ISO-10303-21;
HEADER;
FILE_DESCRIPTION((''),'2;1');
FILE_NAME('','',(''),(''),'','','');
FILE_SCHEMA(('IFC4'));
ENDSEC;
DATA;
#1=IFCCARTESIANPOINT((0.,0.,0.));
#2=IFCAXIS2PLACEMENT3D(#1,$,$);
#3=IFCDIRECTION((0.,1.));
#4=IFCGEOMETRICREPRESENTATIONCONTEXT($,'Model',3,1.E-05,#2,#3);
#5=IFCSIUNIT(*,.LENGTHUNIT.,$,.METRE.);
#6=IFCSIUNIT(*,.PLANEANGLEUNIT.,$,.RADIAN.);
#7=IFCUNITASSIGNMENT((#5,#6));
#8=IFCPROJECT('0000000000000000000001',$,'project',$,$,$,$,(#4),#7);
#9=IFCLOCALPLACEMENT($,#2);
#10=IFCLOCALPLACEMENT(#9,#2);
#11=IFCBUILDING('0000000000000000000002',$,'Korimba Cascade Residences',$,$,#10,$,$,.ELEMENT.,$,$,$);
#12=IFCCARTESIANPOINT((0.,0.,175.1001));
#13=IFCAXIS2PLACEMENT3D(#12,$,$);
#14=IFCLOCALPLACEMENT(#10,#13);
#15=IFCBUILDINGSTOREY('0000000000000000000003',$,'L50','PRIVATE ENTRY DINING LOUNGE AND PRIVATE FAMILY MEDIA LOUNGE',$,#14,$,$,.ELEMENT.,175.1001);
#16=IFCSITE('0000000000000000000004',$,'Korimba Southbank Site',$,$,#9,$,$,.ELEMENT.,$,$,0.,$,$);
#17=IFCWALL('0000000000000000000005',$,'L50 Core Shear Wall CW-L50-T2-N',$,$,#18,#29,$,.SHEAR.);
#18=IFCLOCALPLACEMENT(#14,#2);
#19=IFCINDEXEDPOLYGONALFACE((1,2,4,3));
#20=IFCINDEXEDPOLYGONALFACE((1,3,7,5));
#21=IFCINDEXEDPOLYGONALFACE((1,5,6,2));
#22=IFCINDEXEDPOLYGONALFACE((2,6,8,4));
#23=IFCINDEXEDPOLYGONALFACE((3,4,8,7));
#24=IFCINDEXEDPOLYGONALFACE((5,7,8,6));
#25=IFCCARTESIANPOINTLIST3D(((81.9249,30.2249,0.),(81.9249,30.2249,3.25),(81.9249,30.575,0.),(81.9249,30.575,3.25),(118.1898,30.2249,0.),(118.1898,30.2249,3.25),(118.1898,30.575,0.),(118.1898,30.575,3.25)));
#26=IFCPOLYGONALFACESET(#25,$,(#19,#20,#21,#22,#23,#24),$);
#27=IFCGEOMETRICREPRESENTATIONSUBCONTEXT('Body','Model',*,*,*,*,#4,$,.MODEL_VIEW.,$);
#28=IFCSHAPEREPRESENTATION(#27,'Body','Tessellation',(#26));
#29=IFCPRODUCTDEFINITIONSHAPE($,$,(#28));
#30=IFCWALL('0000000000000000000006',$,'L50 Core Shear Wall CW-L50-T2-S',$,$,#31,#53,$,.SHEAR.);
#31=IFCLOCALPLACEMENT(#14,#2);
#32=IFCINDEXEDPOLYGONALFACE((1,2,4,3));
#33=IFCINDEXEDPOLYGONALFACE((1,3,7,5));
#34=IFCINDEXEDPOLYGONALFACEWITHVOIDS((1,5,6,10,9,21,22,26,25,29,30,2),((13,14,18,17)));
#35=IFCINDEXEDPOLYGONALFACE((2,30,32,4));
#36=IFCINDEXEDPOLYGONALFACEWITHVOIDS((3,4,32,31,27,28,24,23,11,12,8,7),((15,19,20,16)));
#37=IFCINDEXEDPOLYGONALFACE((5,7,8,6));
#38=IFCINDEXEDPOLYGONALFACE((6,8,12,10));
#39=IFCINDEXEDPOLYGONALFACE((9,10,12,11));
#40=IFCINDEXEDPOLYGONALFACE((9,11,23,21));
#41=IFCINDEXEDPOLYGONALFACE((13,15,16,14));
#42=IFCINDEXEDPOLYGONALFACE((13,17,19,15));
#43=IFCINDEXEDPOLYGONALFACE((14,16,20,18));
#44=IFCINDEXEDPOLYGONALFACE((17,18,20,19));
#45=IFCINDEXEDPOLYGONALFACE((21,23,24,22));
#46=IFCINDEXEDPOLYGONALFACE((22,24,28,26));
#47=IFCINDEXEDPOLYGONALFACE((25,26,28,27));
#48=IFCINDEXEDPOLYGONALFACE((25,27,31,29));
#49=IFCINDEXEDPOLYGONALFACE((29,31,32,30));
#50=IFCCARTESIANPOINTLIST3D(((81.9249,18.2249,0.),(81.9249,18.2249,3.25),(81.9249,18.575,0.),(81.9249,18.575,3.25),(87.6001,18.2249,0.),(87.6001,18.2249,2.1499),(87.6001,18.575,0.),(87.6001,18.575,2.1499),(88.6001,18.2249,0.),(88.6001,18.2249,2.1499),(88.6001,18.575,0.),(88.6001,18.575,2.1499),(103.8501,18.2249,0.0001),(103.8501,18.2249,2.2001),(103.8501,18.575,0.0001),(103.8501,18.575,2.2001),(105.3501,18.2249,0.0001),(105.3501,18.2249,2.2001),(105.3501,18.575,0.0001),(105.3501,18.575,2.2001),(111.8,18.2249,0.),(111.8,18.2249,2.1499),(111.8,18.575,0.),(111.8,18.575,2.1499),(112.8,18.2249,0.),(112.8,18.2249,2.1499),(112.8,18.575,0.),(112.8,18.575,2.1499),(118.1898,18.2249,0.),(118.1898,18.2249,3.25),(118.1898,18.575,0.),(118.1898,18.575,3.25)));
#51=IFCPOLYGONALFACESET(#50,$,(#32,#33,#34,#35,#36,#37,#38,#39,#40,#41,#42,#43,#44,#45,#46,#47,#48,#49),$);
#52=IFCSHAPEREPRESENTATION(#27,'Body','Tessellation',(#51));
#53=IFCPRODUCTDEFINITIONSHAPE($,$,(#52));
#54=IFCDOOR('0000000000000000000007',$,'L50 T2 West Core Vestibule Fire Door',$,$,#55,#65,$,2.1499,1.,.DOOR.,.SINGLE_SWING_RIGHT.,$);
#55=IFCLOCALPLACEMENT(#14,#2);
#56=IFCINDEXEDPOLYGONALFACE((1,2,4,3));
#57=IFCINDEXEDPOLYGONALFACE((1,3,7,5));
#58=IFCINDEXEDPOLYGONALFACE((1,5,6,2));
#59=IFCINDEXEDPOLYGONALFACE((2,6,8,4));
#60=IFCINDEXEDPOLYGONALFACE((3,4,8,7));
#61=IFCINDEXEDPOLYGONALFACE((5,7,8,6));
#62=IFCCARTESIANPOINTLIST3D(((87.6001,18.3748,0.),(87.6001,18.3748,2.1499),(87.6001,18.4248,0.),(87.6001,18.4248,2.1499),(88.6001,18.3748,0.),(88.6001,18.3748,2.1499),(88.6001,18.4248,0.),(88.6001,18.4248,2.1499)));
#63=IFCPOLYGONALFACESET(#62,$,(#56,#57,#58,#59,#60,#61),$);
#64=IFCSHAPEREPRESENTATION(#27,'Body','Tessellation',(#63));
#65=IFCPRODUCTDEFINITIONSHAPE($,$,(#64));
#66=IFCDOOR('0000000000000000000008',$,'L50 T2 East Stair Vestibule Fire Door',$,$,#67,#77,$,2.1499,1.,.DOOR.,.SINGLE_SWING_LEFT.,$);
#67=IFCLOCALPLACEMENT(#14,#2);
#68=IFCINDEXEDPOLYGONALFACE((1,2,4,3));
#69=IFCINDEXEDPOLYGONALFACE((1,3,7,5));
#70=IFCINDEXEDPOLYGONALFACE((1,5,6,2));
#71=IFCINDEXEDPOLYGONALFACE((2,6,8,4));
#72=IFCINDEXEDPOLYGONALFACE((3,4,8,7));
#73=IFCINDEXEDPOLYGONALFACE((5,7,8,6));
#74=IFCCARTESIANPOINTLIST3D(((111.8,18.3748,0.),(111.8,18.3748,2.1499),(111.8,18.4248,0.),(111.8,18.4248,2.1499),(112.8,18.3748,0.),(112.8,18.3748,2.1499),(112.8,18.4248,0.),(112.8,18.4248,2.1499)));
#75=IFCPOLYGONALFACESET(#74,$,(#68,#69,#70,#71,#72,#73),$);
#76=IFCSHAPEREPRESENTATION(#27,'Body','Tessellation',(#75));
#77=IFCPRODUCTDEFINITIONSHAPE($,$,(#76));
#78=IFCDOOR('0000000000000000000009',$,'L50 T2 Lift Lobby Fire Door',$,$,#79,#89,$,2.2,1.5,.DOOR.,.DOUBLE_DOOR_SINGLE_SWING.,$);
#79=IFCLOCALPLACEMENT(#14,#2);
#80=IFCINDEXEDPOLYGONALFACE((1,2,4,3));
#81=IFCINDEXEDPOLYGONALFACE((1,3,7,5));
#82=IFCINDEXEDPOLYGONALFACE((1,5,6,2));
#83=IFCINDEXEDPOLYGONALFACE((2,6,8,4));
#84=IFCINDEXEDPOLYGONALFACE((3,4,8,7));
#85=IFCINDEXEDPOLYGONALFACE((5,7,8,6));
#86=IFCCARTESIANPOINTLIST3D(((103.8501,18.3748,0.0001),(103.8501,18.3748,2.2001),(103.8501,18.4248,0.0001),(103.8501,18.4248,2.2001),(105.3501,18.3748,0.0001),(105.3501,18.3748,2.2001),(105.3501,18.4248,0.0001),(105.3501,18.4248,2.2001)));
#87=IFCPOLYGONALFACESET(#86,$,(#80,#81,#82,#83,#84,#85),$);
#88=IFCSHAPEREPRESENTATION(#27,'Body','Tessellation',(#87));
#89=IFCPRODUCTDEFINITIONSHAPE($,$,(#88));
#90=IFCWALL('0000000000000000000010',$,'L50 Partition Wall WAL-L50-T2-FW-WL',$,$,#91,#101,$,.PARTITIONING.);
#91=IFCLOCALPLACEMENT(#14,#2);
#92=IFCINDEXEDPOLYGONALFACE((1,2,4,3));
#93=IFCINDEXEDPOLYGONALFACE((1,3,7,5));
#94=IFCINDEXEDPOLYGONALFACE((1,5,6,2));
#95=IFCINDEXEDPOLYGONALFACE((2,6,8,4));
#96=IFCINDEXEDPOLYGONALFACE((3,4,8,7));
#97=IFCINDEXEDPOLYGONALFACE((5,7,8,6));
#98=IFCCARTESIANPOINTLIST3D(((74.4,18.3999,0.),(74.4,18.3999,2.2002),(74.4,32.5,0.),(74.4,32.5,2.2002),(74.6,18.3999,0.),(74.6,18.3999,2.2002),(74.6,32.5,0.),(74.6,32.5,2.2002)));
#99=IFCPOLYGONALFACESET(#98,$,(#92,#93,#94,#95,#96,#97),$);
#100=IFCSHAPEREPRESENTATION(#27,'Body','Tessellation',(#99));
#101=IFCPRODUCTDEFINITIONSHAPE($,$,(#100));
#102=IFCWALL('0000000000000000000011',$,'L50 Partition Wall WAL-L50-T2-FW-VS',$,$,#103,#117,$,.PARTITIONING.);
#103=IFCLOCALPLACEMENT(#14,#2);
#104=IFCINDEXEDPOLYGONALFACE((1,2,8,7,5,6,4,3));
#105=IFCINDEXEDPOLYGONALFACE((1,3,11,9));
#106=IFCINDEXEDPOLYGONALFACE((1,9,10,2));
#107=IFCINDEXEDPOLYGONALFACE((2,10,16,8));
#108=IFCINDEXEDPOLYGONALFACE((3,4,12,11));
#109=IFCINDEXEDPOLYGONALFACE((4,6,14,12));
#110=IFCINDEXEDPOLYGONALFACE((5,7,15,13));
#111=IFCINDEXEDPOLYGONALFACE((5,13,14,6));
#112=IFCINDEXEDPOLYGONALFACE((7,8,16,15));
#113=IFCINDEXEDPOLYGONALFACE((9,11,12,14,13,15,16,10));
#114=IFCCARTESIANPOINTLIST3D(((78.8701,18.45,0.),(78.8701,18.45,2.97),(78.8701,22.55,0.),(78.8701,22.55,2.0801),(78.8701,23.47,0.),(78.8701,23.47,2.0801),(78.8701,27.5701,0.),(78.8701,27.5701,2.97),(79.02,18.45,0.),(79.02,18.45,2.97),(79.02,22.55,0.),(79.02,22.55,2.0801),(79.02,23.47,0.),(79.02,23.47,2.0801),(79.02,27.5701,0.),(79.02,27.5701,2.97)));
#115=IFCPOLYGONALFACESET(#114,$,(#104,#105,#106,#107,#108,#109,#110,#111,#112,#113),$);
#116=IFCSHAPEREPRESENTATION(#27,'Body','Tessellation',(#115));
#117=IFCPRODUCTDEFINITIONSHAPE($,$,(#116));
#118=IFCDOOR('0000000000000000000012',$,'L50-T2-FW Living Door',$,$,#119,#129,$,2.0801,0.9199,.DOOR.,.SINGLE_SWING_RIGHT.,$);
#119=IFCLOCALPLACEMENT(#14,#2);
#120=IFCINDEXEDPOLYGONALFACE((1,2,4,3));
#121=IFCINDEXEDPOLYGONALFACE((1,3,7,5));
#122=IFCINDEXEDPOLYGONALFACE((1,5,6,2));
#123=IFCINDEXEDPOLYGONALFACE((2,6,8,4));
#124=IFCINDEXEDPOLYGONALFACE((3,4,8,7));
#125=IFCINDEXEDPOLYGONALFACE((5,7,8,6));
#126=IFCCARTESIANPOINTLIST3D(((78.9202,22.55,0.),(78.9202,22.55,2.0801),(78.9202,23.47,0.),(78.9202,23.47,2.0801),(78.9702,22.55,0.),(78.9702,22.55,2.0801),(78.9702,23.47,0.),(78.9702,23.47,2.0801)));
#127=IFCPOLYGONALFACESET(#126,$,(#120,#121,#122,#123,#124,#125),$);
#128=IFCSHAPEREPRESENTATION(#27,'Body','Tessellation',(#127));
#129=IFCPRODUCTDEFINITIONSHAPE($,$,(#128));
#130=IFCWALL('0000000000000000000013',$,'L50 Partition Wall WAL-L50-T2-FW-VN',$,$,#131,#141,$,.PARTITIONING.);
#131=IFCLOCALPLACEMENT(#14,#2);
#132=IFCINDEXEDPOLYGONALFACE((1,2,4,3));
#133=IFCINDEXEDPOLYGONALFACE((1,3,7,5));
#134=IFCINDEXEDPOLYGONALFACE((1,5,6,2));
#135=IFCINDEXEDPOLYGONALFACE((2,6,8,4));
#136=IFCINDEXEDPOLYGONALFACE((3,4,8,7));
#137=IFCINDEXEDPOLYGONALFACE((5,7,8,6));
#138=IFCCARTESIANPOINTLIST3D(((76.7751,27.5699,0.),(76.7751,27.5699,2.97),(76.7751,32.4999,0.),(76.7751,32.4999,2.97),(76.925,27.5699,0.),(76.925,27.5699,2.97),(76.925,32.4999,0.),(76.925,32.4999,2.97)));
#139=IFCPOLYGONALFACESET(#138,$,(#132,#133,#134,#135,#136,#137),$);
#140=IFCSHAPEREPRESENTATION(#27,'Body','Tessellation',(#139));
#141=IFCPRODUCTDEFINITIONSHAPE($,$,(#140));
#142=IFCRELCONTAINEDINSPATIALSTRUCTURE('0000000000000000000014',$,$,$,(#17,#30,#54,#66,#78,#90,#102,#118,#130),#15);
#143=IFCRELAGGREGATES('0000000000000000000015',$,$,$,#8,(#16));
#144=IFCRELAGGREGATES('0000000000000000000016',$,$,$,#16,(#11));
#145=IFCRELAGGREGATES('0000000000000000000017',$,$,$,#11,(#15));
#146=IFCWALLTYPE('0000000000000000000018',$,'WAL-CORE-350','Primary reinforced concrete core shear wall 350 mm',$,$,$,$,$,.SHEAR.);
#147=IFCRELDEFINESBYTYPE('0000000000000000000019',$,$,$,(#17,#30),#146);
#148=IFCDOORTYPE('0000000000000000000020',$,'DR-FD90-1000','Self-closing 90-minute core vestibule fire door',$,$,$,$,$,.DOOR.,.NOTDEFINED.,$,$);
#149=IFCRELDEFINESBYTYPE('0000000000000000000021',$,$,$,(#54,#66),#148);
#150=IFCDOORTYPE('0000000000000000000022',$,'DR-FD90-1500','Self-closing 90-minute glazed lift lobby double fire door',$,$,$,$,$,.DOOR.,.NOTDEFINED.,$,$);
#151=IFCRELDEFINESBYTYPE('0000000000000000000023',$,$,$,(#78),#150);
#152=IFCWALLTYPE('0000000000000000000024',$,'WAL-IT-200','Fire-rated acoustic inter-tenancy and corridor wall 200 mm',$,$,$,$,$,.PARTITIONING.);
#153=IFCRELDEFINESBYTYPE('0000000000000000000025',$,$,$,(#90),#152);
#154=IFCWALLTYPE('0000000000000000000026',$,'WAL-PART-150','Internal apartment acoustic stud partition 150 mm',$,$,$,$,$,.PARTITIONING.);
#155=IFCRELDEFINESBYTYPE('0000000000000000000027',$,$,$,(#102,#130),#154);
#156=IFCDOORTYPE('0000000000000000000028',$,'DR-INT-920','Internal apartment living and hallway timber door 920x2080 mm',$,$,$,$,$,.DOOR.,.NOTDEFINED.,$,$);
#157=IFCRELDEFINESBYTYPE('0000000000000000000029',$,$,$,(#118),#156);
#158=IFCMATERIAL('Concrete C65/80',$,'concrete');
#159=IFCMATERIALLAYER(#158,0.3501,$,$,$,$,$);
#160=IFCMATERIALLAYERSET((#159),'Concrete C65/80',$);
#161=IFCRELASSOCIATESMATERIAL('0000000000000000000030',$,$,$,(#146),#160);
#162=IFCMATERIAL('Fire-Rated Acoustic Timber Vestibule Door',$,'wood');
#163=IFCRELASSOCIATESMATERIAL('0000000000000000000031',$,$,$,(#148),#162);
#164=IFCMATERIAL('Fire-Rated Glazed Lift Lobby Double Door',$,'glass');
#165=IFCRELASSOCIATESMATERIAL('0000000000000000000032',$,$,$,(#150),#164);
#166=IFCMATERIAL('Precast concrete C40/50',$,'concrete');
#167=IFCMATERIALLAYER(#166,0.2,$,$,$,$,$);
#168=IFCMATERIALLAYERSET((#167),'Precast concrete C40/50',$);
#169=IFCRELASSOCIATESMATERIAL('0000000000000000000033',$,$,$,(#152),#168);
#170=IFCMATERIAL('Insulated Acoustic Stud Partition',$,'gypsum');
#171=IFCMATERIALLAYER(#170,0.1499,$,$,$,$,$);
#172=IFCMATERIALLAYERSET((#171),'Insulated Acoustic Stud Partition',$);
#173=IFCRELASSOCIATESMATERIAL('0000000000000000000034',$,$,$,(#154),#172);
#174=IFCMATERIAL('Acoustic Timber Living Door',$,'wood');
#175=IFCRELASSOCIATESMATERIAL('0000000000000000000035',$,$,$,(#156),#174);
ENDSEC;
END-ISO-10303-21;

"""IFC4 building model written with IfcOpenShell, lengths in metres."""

from ifc_helpers import new_model, si_unit, direction, frame, frame_2d, origin, place, context, subcontext, project, spatial, rectangle, extrude, material, layer, layer_set, type_object, element, fill, save


model = new_model("IFC4")

# Units and contexts
model_context = context("Model", 3, precision=1e-05, world=origin(), true_north=direction((0.0, 1.0)))
body_context = subcontext(model_context, "Body", "Model", "MODEL_VIEW")
ifc_project = project(units=[si_unit("LENGTHUNIT", "METRE"), si_unit("PLANEANGLEUNIT", "RADIAN")], contexts=[model_context])

# Site, building, storey
site_placement = place(None, origin())
site = spatial("IfcSite", under=ifc_project, at=site_placement, Name="Korimba Southbank Site", CompositionType="ELEMENT", RefElevation=0.0)
building_placement = place(site_placement, origin())
building = spatial("IfcBuilding", under=site, at=building_placement, Name="Korimba Cascade Residences", CompositionType="ELEMENT")
storey_placement = place(building_placement, frame((0.0, 0.0, 175.1001)))
storey = spatial("IfcBuildingStorey", under=building, at=storey_placement, Name="L50", Description="PRIVATE ENTRY DINING LOUNGE AND PRIVATE FAMILY MEDIA LOUNGE", CompositionType="ELEMENT", Elevation=175.1001)

# Wall
ifc_material_1 = material(Name="Precast concrete C40/50", Category="concrete")
ifc_material_2 = material(Name="Concrete C65/80", Category="concrete")
ifc_layer_1 = layer(ifc_material_2, 0.3501)
ifc_layer_set_1 = layer_set([ifc_layer_1], Name="Concrete C65/80")
wall_type_1 = type_object("IfcWallType", Name="WAL-CORE-350", Description="Primary reinforced concrete core shear wall 350 mm", PredefinedType="SHEAR", material=ifc_layer_set_1)
wall_1_placement = place(storey_placement, frame((81.925, 30.3999, 0.0), z_axis=(0.0, 0.0, 1.0), x_axis=(1.0, 0.0, 0.0)))
element("IfcWall", 1, at=wall_1_placement, inside=storey, type_object=wall_type_1, Name="L50 Core Shear Wall CW-L50-T2-N", PredefinedType="SHEAR", context=body_context, shape_type="SweptSolid", body=[
    extrude(rectangle(XDim=36.2649, YDim=0.3501, at=frame_2d((18.1323, 0.0))), origin(), (0.0, 0.0, 1.0), 3.25),
])

# Wall, openings, doors
wall_2_placement = place(storey_placement, frame((81.925, 18.3999, 0.0), z_axis=(0.0, 0.0, 1.0), x_axis=(1.0, 0.0, 0.0)))
wall_2 = element("IfcWall", 2, at=wall_2_placement, inside=storey, type_object=wall_type_1, Name="L50 Core Shear Wall CW-L50-T2-S", PredefinedType="SHEAR", context=body_context, shape_type="SweptSolid", body=[
    extrude(rectangle(XDim=36.2649, YDim=0.3501, at=frame_2d((18.1323, 0.0))), origin(), (0.0, 0.0, 1.0), 3.25),
])
opening_1_placement = place(wall_2_placement, frame((5.675, 0.0, 0.0)))
opening_1 = element("IfcOpeningElement", 3, at=opening_1_placement, cuts=wall_2, PredefinedType="OPENING", context=body_context, shape_type="SweptSolid", body=[
    extrude(rectangle(XDim=1.0, YDim=2.1499, at=frame_2d((0.5, 1.075))), frame((0.0, 0.1851, 0.0), z_axis=(0.0, -1.0, 0.0), x_axis=(1.0, 0.0, 0.0)), (0.0, 0.0, 1.0), 0.3701),
])
opening_2_placement = place(wall_2_placement, frame((21.925, 0.0, 0.0)))
opening_2 = element("IfcOpeningElement", 4, at=opening_2_placement, cuts=wall_2, PredefinedType="OPENING", context=body_context, shape_type="SweptSolid", body=[
    extrude(rectangle(XDim=1.5, YDim=2.2, at=frame_2d((0.75, 1.1001))), frame((0.0, 0.1851, 0.0), z_axis=(0.0, -1.0, 0.0), x_axis=(1.0, 0.0, 0.0)), (0.0, 0.0, 1.0), 0.3701),
])
opening_3_placement = place(wall_2_placement, frame((29.875, 0.0, 0.0)))
opening_3 = element("IfcOpeningElement", 5, at=opening_3_placement, cuts=wall_2, PredefinedType="OPENING", context=body_context, shape_type="SweptSolid", body=[
    extrude(rectangle(XDim=1.0, YDim=2.1499, at=frame_2d((0.5, 1.075))), frame((0.0, 0.1851, 0.0), z_axis=(0.0, -1.0, 0.0), x_axis=(1.0, 0.0, 0.0)), (0.0, 0.0, 1.0), 0.3701),
])
ifc_material_3 = material(Name="Fire-Rated Acoustic Timber Vestibule Door", Category="wood")
door_type_1 = type_object("IfcDoorType", Name="DR-FD90-1000", Description="Self-closing 90-minute core vestibule fire door", OperationType="NOTDEFINED", PredefinedType="DOOR", material=ifc_material_3)
door_1_placement = place(opening_1_placement, origin())
door_1 = element("IfcDoor", 6, at=door_1_placement, inside=storey, type_object=door_type_1, Name="L50 T2 West Core Vestibule Fire Door", OperationType="SINGLE_SWING_RIGHT", OverallHeight=2.1499, OverallWidth=1.0, PredefinedType="DOOR", context=body_context, shape_type="SweptSolid", body=[
    extrude(rectangle(XDim=1.0, YDim=2.1499, at=frame_2d((0.5, 1.075))), frame((0.0, 0.0249, 0.0), z_axis=(0.0, -1.0, 0.0), x_axis=(1.0, 0.0, 0.0)), (0.0, 0.0, 1.0), 0.05),
])
fill(opening_1, door_1)
door_2_placement = place(opening_3_placement, origin())
door_2 = element("IfcDoor", 7, at=door_2_placement, inside=storey, type_object=door_type_1, Name="L50 T2 East Stair Vestibule Fire Door", OperationType="SINGLE_SWING_LEFT", OverallHeight=2.1499, OverallWidth=1.0, PredefinedType="DOOR", context=body_context, shape_type="SweptSolid", body=[
    extrude(rectangle(XDim=1.0, YDim=2.1499, at=frame_2d((0.5, 1.075))), frame((0.0, 0.0249, 0.0), z_axis=(0.0, -1.0, 0.0), x_axis=(1.0, 0.0, 0.0)), (0.0, 0.0, 1.0), 0.05),
])
fill(opening_3, door_2)
ifc_material_4 = material(Name="Fire-Rated Glazed Lift Lobby Double Door", Category="glass")
door_type_2 = type_object("IfcDoorType", Name="DR-FD90-1500", Description="Self-closing 90-minute glazed lift lobby double fire door", OperationType="NOTDEFINED", PredefinedType="DOOR", material=ifc_material_4)
door_3_placement = place(opening_2_placement, origin())
door_3 = element("IfcDoor", 8, at=door_3_placement, inside=storey, type_object=door_type_2, Name="L50 T2 Lift Lobby Fire Door", OperationType="DOUBLE_DOOR_SINGLE_SWING", OverallHeight=2.2, OverallWidth=1.5, PredefinedType="DOOR", context=body_context, shape_type="SweptSolid", body=[
    extrude(rectangle(XDim=1.5, YDim=2.2, at=frame_2d((0.75, 1.1001))), frame((0.0, 0.0249, 0.0), z_axis=(0.0, -1.0, 0.0), x_axis=(1.0, 0.0, 0.0)), (0.0, 0.0, 1.0), 0.05),
])
fill(opening_2, door_3)

# Wall
ifc_layer_2 = layer(ifc_material_1, 0.2)
ifc_layer_set_2 = layer_set([ifc_layer_2], Name="Precast concrete C40/50")
wall_type_2 = type_object("IfcWallType", Name="WAL-IT-200", Description="Fire-rated acoustic inter-tenancy and corridor wall 200 mm", PredefinedType="PARTITIONING", material=ifc_layer_set_2)
wall_3_placement = place(storey_placement, frame((74.5, 18.3999, 0.0), z_axis=(0.0, 0.0, 1.0), x_axis=(0.0, 1.0, 0.0)))
element("IfcWall", 9, at=wall_3_placement, inside=storey, type_object=wall_type_2, Name="L50 Partition Wall WAL-L50-T2-FW-WL", PredefinedType="PARTITIONING", context=body_context, shape_type="SweptSolid", body=[
    extrude(rectangle(XDim=14.1001, YDim=0.2, at=frame_2d((7.05, 0.0))), origin(), (0.0, 0.0, 1.0), 2.2002),
])

# Wall, opening, door
ifc_material_5 = material(Name="Insulated Acoustic Stud Partition", Category="gypsum")
ifc_layer_3 = layer(ifc_material_5, 0.1499)
ifc_layer_set_3 = layer_set([ifc_layer_3], Name="Insulated Acoustic Stud Partition")
wall_type_3 = type_object("IfcWallType", Name="WAL-PART-150", Description="Internal apartment acoustic stud partition 150 mm", PredefinedType="PARTITIONING", material=ifc_layer_set_3)
wall_4_placement = place(storey_placement, frame((78.9451, 18.45, 0.0), z_axis=(0.0, 0.0, 1.0), x_axis=(0.0, 1.0, 0.0)))
wall_4 = element("IfcWall", 10, at=wall_4_placement, inside=storey, type_object=wall_type_3, Name="L50 Partition Wall WAL-L50-T2-FW-VS", PredefinedType="PARTITIONING", context=body_context, shape_type="SweptSolid", body=[
    extrude(rectangle(XDim=9.1201, YDim=0.1499, at=frame_2d((4.5601, 0.0))), origin(), (0.0, 0.0, 1.0), 2.97),
])
opening_4_placement = place(wall_4_placement, frame((4.1001, 0.0, 0.0)))
opening_4 = element("IfcOpeningElement", 11, at=opening_4_placement, cuts=wall_4, PredefinedType="OPENING", context=body_context, shape_type="SweptSolid", body=[
    extrude(rectangle(XDim=0.9199, YDim=2.0801, at=frame_2d((0.46, 1.04))), frame((0.0, 0.085, 0.0), z_axis=(0.0, -1.0, 0.0), x_axis=(1.0, 0.0, 0.0)), (0.0, 0.0, 1.0), 0.1699),
])
ifc_material_6 = material(Name="Acoustic Timber Living Door", Category="wood")
door_type_3 = type_object("IfcDoorType", Name="DR-INT-920", Description="Internal apartment living and hallway timber door 920x2080 mm", OperationType="NOTDEFINED", PredefinedType="DOOR", material=ifc_material_6)
door_4_placement = place(opening_4_placement, origin())
door_4 = element("IfcDoor", 12, at=door_4_placement, inside=storey, type_object=door_type_3, Name="L50-T2-FW Living Door", OperationType="SINGLE_SWING_RIGHT", OverallHeight=2.0801, OverallWidth=0.9199, PredefinedType="DOOR", context=body_context, shape_type="SweptSolid", body=[
    extrude(rectangle(XDim=0.9199, YDim=2.0801, at=frame_2d((0.46, 1.04))), frame((0.0, 0.0249, 0.0), z_axis=(0.0, -1.0, 0.0), x_axis=(1.0, 0.0, 0.0)), (0.0, 0.0, 1.0), 0.05),
])
fill(opening_4, door_4)

# Wall
wall_5_placement = place(storey_placement, frame((76.8501, 27.5701, 0.0), z_axis=(0.0, 0.0, 1.0), x_axis=(0.0, 1.0, 0.0)))
element("IfcWall", 13, at=wall_5_placement, inside=storey, type_object=wall_type_3, Name="L50 Partition Wall WAL-L50-T2-FW-VN", PredefinedType="PARTITIONING", context=body_context, shape_type="SweptSolid", body=[
    extrude(rectangle(XDim=4.9299, YDim=0.1499, at=frame_2d((2.4648, 0.0))), origin(), (0.0, 0.0, 1.0), 2.97),
])

save(model, "model.ifc")
